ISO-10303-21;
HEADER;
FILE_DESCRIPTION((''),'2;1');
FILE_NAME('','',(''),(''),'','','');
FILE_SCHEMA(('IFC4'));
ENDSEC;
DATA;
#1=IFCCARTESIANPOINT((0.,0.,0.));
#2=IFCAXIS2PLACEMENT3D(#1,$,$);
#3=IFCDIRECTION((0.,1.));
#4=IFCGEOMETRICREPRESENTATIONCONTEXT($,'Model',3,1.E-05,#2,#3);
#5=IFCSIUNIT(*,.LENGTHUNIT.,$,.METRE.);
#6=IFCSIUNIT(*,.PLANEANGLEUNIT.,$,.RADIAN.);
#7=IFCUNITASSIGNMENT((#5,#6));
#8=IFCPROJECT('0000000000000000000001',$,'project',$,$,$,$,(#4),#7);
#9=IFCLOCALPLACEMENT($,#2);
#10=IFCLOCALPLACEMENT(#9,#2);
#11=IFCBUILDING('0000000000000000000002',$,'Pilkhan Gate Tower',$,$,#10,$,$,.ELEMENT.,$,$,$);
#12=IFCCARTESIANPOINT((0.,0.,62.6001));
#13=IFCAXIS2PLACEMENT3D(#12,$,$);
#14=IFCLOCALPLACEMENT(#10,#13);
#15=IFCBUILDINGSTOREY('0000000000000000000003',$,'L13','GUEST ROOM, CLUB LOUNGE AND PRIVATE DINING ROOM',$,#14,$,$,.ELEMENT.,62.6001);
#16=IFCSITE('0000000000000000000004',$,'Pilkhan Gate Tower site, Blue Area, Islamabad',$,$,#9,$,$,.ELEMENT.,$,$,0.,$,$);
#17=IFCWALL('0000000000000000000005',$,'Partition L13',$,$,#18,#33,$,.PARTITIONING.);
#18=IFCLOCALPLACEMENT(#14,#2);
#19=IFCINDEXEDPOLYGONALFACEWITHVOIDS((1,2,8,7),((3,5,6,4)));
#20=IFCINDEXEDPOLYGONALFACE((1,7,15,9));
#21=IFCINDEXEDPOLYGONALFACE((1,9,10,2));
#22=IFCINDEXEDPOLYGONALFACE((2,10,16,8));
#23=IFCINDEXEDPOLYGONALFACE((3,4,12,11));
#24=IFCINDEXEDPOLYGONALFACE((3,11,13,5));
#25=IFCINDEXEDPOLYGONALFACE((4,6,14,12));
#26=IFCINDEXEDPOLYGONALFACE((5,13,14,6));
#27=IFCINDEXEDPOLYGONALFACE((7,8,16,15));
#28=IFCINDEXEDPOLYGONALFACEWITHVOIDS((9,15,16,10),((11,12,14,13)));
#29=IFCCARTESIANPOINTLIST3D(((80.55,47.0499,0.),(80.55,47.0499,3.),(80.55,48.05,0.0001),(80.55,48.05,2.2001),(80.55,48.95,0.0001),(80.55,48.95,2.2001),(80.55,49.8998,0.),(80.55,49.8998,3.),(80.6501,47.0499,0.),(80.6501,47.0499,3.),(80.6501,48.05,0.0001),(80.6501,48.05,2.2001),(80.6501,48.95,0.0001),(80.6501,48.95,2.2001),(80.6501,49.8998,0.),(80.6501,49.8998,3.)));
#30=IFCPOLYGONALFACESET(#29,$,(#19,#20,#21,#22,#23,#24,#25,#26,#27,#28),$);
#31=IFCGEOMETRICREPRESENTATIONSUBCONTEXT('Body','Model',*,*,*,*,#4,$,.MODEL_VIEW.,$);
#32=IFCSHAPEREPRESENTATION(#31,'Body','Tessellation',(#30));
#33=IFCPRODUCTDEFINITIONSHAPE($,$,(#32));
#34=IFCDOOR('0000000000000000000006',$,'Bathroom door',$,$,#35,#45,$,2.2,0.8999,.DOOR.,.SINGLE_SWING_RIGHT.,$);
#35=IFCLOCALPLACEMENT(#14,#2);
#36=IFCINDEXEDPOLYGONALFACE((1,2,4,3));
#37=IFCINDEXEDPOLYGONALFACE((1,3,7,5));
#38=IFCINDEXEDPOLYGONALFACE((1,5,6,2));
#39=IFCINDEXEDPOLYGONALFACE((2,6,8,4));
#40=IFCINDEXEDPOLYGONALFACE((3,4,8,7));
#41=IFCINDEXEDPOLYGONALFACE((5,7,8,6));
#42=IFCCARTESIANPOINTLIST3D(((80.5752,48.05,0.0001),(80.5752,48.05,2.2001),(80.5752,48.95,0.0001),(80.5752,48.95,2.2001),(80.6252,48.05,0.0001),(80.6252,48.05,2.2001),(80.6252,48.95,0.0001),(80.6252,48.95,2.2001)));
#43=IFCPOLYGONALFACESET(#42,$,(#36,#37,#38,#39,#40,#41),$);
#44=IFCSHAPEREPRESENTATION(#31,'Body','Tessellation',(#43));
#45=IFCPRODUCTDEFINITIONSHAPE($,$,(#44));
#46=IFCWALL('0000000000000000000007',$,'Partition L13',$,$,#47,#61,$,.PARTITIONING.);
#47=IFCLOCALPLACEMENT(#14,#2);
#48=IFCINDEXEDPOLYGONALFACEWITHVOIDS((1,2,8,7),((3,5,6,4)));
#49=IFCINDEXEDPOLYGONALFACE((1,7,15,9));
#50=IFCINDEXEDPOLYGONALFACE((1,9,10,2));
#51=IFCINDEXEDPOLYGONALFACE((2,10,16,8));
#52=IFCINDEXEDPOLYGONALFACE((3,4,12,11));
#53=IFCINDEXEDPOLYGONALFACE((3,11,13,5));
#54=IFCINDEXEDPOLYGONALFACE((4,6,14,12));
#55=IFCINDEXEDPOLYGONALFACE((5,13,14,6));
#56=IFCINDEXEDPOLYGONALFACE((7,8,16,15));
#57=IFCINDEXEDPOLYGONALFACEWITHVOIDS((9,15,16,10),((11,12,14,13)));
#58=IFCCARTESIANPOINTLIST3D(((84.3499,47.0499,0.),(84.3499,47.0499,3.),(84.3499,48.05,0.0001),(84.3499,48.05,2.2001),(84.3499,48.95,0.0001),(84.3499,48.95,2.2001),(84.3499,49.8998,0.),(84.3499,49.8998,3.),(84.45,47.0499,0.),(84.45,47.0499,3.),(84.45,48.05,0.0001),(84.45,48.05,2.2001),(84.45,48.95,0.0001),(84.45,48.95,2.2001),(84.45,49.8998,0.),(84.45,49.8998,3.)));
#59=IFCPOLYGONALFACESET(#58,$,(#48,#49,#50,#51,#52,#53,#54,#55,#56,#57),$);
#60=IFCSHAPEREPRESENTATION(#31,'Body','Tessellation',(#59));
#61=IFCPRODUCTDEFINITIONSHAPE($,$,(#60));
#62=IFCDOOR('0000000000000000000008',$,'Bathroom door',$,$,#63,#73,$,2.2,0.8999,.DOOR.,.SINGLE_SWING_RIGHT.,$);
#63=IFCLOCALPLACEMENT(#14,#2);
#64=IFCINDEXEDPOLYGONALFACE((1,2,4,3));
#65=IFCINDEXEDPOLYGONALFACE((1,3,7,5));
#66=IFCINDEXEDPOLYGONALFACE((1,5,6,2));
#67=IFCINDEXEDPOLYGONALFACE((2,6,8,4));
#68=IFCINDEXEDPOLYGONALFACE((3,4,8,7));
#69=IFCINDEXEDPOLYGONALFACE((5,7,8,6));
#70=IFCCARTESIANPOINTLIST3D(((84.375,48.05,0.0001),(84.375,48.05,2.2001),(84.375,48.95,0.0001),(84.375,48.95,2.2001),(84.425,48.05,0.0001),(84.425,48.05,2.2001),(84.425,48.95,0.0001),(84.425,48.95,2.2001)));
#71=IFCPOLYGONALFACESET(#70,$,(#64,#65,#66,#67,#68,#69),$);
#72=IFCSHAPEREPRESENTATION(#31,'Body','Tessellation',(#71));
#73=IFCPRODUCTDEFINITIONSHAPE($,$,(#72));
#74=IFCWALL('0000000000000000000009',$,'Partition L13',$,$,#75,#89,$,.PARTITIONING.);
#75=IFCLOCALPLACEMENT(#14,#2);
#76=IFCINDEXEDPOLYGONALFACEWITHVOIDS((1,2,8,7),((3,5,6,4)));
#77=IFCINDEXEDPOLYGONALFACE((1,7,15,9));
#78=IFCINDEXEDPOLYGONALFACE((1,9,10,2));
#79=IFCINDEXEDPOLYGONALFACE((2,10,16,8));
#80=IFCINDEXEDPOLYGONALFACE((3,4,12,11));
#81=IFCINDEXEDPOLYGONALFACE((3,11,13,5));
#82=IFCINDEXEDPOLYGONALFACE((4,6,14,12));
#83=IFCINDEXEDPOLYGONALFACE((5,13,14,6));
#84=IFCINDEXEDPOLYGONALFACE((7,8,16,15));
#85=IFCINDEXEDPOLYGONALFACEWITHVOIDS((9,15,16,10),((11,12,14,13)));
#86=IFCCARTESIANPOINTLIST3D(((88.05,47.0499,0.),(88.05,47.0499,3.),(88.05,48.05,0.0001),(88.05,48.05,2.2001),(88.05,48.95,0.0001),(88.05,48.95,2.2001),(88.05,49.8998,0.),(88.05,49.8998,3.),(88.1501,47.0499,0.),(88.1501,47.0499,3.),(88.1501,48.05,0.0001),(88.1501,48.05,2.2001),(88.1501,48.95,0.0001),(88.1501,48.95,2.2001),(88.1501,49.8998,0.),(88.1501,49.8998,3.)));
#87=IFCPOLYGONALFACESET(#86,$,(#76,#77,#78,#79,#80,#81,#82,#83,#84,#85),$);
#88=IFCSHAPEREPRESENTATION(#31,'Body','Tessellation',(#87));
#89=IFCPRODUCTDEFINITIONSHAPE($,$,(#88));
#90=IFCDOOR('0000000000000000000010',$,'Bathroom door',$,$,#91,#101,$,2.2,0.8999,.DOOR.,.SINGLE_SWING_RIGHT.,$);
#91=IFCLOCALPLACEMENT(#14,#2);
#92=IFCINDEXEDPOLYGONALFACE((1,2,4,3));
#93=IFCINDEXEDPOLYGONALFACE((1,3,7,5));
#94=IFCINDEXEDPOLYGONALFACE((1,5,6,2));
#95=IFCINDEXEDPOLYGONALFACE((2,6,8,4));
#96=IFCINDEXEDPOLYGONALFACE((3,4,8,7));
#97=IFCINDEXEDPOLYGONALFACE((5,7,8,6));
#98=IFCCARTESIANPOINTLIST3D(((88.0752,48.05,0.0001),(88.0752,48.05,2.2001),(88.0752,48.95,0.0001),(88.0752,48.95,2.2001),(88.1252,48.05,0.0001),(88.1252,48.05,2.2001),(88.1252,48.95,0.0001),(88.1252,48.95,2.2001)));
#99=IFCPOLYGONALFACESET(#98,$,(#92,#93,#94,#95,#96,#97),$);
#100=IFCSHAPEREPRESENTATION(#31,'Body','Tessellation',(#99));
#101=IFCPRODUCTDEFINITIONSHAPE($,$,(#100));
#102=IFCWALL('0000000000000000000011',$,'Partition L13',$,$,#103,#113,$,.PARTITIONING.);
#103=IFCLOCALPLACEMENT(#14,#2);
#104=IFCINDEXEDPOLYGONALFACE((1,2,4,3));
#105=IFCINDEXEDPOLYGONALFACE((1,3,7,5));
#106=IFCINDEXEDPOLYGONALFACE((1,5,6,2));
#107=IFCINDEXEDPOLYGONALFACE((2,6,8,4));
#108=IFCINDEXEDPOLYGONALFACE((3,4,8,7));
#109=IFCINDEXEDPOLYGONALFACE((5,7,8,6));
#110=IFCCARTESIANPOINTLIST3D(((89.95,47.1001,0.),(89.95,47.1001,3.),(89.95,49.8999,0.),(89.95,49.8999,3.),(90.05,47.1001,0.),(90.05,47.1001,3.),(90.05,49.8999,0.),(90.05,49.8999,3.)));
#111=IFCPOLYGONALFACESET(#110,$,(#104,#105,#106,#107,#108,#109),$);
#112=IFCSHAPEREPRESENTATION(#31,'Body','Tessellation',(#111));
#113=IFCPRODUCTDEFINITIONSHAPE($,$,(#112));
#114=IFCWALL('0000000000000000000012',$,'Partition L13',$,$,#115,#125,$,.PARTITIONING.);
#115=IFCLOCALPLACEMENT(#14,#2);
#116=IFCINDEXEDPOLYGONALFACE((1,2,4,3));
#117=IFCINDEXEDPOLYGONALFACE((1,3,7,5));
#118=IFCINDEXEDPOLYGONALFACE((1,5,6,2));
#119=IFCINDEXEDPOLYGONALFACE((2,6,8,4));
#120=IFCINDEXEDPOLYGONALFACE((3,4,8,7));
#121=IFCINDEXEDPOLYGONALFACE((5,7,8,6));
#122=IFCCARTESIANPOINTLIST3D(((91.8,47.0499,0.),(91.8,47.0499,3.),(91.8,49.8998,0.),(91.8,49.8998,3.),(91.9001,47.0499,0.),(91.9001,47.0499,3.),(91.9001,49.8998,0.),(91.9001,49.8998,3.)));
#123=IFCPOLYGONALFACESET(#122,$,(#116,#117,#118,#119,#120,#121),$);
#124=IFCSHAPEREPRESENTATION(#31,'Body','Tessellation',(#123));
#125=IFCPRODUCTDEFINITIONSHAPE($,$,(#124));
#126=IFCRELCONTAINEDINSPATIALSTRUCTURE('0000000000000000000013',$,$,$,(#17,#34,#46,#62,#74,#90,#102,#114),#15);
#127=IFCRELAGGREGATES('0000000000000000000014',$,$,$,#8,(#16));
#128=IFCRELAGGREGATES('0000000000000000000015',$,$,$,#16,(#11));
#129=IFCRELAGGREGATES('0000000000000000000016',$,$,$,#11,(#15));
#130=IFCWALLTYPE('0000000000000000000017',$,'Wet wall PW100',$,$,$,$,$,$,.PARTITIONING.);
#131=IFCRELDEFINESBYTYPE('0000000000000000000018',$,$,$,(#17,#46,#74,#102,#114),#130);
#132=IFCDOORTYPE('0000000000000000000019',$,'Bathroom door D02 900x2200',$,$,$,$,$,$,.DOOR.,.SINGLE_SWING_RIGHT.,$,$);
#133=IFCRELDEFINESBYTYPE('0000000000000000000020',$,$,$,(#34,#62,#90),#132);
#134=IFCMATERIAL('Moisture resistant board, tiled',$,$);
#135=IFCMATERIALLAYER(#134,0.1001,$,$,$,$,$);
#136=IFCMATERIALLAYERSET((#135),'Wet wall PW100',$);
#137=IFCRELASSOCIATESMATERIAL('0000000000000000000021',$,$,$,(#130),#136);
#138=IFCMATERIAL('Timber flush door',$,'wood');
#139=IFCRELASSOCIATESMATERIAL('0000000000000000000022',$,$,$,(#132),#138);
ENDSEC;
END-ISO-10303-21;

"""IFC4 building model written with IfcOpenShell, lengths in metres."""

from ifc_helpers import new_model, si_unit, direction, frame, frame_2d, origin, place, context, subcontext, project, spatial, rectangle, extrude, material, layer, layer_set, type_object, element, fill, save


model = new_model("IFC4")

# Units and contexts
model_context = context("Model", 3, precision=1e-05, world=origin(), true_north=direction((0.0, 1.0)))
body_context = subcontext(model_context, "Body", "Model", "MODEL_VIEW")
ifc_project = project(units=[si_unit("LENGTHUNIT", "METRE"), si_unit("PLANEANGLEUNIT", "RADIAN")], contexts=[model_context])

# Site, building, storey
site_placement = place(None, origin())
site = spatial("IfcSite", under=ifc_project, at=site_placement, Name="Pilkhan Gate Tower site, Blue Area, Islamabad", CompositionType="ELEMENT", RefElevation=0.0)
building_placement = place(site_placement, origin())
building = spatial("IfcBuilding", under=site, at=building_placement, Name="Pilkhan Gate Tower", CompositionType="ELEMENT")
storey_placement = place(building_placement, frame((0.0, 0.0, 62.6001)))
storey = spatial("IfcBuildingStorey", under=building, at=storey_placement, Name="L13", Description="GUEST ROOM, CLUB LOUNGE AND PRIVATE DINING ROOM", CompositionType="ELEMENT", Elevation=62.6001)

# Shared definitions
ifc_material_1 = material(Name="Moisture resistant board, tiled")
ifc_layer_1 = layer(ifc_material_1, 0.1001)
ifc_layer_set_1 = layer_set([ifc_layer_1], Name="Wet wall PW100")
wall_type_1 = type_object("IfcWallType", Name="Wet wall PW100", PredefinedType="PARTITIONING", material=ifc_layer_set_1)

# Walls, openings, doors
ifc_material_2 = material(Name="Timber flush door", Category="wood")
door_type = type_object("IfcDoorType", Name="Bathroom door D02 900x2200", OperationType="SINGLE_SWING_RIGHT", PredefinedType="DOOR", material=ifc_material_2)
wall_1_placement = place(storey_placement, frame((80.6001, 47.05, 0.0), z_axis=(0.0, 0.0, 1.0), x_axis=(0.0, 1.0, 0.0)))
wall_1 = element("IfcWall", 1, at=wall_1_placement, inside=storey, type_object=wall_type_1, Name="Partition L13", PredefinedType="PARTITIONING", context=body_context, shape_type="SweptSolid", body=[
    extrude(rectangle(XDim=2.8499, YDim=0.1001, at=frame_2d((1.4248, 0.0))), origin(), (0.0, 0.0, 1.0), 3.0),
])
opening_1_placement = place(wall_1_placement, frame((1.0, 0.0, 0.0)))
opening_1 = element("IfcOpeningElement", 2, at=opening_1_placement, cuts=wall_1, PredefinedType="OPENING", context=body_context, shape_type="SweptSolid", body=[
    extrude(rectangle(XDim=0.8999, YDim=2.2, at=frame_2d((0.45, 1.1001))), frame((0.0, 0.0601, 0.0), z_axis=(0.0, -1.0, 0.0), x_axis=(1.0, 0.0, 0.0)), (0.0, 0.0, 1.0), 0.1201),
])
door_1_placement = place(opening_1_placement, origin())
door_1 = element("IfcDoor", 3, at=door_1_placement, inside=storey, type_object=door_type, Name="Bathroom door", OperationType="SINGLE_SWING_RIGHT", OverallHeight=2.2, OverallWidth=0.8999, PredefinedType="DOOR", context=body_context, shape_type="SweptSolid", body=[
    extrude(rectangle(XDim=0.8999, YDim=2.2, at=frame_2d((0.45, 1.1001))), frame((0.0, 0.0249, 0.0), z_axis=(0.0, -1.0, 0.0), x_axis=(1.0, 0.0, 0.0)), (0.0, 0.0, 1.0), 0.05),
])
fill(opening_1, door_1)
wall_2_placement = place(storey_placement, frame((84.3999, 47.05, 0.0), z_axis=(0.0, 0.0, 1.0), x_axis=(0.0, 1.0, 0.0)))
wall_2 = element("IfcWall", 4, at=wall_2_placement, inside=storey, type_object=wall_type_1, Name="Partition L13", PredefinedType="PARTITIONING", context=body_context, shape_type="SweptSolid", body=[
    extrude(rectangle(XDim=2.8499, YDim=0.1001, at=frame_2d((1.4248, 0.0))), origin(), (0.0, 0.0, 1.0), 3.0),
])
opening_2_placement = place(wall_2_placement, frame((1.0, 0.0, 0.0)))
opening_2 = element("IfcOpeningElement", 5, at=opening_2_placement, cuts=wall_2, PredefinedType="OPENING", context=body_context, shape_type="SweptSolid", body=[
    extrude(rectangle(XDim=0.8999, YDim=2.2, at=frame_2d((0.45, 1.1001))), frame((0.0, 0.0601, 0.0), z_axis=(0.0, -1.0, 0.0), x_axis=(1.0, 0.0, 0.0)), (0.0, 0.0, 1.0), 0.1201),
])
door_2_placement = place(opening_2_placement, origin())
door_2 = element("IfcDoor", 6, at=door_2_placement, inside=storey, type_object=door_type, Name="Bathroom door", OperationType="SINGLE_SWING_RIGHT", OverallHeight=2.2, OverallWidth=0.8999, PredefinedType="DOOR", context=body_context, shape_type="SweptSolid", body=[
    extrude(rectangle(XDim=0.8999, YDim=2.2, at=frame_2d((0.45, 1.1001))), frame((0.0, 0.0249, 0.0), z_axis=(0.0, -1.0, 0.0), x_axis=(1.0, 0.0, 0.0)), (0.0, 0.0, 1.0), 0.05),
])
fill(opening_2, door_2)
wall_3_placement = place(storey_placement, frame((88.1001, 47.05, 0.0), z_axis=(0.0, 0.0, 1.0), x_axis=(0.0, 1.0, 0.0)))
wall_3 = element("IfcWall", 7, at=wall_3_placement, inside=storey, type_object=wall_type_1, Name="Partition L13", PredefinedType="PARTITIONING", context=body_context, shape_type="SweptSolid", body=[
    extrude(rectangle(XDim=2.8499, YDim=0.1001, at=frame_2d((1.4248, 0.0))), origin(), (0.0, 0.0, 1.0), 3.0),
])
opening_3_placement = place(wall_3_placement, frame((1.0, 0.0, 0.0)))
opening_3 = element("IfcOpeningElement", 8, at=opening_3_placement, cuts=wall_3, PredefinedType="OPENING", context=body_context, shape_type="SweptSolid", body=[
    extrude(rectangle(XDim=0.8999, YDim=2.2, at=frame_2d((0.45, 1.1001))), frame((0.0, 0.0601, 0.0), z_axis=(0.0, -1.0, 0.0), x_axis=(1.0, 0.0, 0.0)), (0.0, 0.0, 1.0), 0.1201),
])
door_3_placement = place(opening_3_placement, origin())
door_3 = element("IfcDoor", 9, at=door_3_placement, inside=storey, type_object=door_type, Name="Bathroom door", OperationType="SINGLE_SWING_RIGHT", OverallHeight=2.2, OverallWidth=0.8999, PredefinedType="DOOR", context=body_context, shape_type="SweptSolid", body=[
    extrude(rectangle(XDim=0.8999, YDim=2.2, at=frame_2d((0.45, 1.1001))), frame((0.0, 0.0249, 0.0), z_axis=(0.0, -1.0, 0.0), x_axis=(1.0, 0.0, 0.0)), (0.0, 0.0, 1.0), 0.05),
])
fill(opening_3, door_3)

# Walls
wall_4_placement = place(storey_placement, frame((90.0, 47.1001, 0.0), z_axis=(0.0, 0.0, 1.0), x_axis=(0.0, 1.0, 0.0)))
element("IfcWall", 10, at=wall_4_placement, inside=storey, type_object=wall_type_1, Name="Partition L13", PredefinedType="PARTITIONING", context=body_context, shape_type="SweptSolid", body=[
    extrude(rectangle(XDim=2.7998, YDim=0.1001, at=frame_2d((1.3999, 0.0))), origin(), (0.0, 0.0, 1.0), 3.0),
])
wall_5_placement = place(storey_placement, frame((91.8501, 47.05, 0.0), z_axis=(0.0, 0.0, 1.0), x_axis=(0.0, 1.0, 0.0)))
element("IfcWall", 11, at=wall_5_placement, inside=storey, type_object=wall_type_1, Name="Partition L13", PredefinedType="PARTITIONING", context=body_context, shape_type="SweptSolid", body=[
    extrude(rectangle(XDim=2.8499, YDim=0.1001, at=frame_2d((1.4248, 0.0))), origin(), (0.0, 0.0, 1.0), 3.0),
])

save(model, "model.ifc")
